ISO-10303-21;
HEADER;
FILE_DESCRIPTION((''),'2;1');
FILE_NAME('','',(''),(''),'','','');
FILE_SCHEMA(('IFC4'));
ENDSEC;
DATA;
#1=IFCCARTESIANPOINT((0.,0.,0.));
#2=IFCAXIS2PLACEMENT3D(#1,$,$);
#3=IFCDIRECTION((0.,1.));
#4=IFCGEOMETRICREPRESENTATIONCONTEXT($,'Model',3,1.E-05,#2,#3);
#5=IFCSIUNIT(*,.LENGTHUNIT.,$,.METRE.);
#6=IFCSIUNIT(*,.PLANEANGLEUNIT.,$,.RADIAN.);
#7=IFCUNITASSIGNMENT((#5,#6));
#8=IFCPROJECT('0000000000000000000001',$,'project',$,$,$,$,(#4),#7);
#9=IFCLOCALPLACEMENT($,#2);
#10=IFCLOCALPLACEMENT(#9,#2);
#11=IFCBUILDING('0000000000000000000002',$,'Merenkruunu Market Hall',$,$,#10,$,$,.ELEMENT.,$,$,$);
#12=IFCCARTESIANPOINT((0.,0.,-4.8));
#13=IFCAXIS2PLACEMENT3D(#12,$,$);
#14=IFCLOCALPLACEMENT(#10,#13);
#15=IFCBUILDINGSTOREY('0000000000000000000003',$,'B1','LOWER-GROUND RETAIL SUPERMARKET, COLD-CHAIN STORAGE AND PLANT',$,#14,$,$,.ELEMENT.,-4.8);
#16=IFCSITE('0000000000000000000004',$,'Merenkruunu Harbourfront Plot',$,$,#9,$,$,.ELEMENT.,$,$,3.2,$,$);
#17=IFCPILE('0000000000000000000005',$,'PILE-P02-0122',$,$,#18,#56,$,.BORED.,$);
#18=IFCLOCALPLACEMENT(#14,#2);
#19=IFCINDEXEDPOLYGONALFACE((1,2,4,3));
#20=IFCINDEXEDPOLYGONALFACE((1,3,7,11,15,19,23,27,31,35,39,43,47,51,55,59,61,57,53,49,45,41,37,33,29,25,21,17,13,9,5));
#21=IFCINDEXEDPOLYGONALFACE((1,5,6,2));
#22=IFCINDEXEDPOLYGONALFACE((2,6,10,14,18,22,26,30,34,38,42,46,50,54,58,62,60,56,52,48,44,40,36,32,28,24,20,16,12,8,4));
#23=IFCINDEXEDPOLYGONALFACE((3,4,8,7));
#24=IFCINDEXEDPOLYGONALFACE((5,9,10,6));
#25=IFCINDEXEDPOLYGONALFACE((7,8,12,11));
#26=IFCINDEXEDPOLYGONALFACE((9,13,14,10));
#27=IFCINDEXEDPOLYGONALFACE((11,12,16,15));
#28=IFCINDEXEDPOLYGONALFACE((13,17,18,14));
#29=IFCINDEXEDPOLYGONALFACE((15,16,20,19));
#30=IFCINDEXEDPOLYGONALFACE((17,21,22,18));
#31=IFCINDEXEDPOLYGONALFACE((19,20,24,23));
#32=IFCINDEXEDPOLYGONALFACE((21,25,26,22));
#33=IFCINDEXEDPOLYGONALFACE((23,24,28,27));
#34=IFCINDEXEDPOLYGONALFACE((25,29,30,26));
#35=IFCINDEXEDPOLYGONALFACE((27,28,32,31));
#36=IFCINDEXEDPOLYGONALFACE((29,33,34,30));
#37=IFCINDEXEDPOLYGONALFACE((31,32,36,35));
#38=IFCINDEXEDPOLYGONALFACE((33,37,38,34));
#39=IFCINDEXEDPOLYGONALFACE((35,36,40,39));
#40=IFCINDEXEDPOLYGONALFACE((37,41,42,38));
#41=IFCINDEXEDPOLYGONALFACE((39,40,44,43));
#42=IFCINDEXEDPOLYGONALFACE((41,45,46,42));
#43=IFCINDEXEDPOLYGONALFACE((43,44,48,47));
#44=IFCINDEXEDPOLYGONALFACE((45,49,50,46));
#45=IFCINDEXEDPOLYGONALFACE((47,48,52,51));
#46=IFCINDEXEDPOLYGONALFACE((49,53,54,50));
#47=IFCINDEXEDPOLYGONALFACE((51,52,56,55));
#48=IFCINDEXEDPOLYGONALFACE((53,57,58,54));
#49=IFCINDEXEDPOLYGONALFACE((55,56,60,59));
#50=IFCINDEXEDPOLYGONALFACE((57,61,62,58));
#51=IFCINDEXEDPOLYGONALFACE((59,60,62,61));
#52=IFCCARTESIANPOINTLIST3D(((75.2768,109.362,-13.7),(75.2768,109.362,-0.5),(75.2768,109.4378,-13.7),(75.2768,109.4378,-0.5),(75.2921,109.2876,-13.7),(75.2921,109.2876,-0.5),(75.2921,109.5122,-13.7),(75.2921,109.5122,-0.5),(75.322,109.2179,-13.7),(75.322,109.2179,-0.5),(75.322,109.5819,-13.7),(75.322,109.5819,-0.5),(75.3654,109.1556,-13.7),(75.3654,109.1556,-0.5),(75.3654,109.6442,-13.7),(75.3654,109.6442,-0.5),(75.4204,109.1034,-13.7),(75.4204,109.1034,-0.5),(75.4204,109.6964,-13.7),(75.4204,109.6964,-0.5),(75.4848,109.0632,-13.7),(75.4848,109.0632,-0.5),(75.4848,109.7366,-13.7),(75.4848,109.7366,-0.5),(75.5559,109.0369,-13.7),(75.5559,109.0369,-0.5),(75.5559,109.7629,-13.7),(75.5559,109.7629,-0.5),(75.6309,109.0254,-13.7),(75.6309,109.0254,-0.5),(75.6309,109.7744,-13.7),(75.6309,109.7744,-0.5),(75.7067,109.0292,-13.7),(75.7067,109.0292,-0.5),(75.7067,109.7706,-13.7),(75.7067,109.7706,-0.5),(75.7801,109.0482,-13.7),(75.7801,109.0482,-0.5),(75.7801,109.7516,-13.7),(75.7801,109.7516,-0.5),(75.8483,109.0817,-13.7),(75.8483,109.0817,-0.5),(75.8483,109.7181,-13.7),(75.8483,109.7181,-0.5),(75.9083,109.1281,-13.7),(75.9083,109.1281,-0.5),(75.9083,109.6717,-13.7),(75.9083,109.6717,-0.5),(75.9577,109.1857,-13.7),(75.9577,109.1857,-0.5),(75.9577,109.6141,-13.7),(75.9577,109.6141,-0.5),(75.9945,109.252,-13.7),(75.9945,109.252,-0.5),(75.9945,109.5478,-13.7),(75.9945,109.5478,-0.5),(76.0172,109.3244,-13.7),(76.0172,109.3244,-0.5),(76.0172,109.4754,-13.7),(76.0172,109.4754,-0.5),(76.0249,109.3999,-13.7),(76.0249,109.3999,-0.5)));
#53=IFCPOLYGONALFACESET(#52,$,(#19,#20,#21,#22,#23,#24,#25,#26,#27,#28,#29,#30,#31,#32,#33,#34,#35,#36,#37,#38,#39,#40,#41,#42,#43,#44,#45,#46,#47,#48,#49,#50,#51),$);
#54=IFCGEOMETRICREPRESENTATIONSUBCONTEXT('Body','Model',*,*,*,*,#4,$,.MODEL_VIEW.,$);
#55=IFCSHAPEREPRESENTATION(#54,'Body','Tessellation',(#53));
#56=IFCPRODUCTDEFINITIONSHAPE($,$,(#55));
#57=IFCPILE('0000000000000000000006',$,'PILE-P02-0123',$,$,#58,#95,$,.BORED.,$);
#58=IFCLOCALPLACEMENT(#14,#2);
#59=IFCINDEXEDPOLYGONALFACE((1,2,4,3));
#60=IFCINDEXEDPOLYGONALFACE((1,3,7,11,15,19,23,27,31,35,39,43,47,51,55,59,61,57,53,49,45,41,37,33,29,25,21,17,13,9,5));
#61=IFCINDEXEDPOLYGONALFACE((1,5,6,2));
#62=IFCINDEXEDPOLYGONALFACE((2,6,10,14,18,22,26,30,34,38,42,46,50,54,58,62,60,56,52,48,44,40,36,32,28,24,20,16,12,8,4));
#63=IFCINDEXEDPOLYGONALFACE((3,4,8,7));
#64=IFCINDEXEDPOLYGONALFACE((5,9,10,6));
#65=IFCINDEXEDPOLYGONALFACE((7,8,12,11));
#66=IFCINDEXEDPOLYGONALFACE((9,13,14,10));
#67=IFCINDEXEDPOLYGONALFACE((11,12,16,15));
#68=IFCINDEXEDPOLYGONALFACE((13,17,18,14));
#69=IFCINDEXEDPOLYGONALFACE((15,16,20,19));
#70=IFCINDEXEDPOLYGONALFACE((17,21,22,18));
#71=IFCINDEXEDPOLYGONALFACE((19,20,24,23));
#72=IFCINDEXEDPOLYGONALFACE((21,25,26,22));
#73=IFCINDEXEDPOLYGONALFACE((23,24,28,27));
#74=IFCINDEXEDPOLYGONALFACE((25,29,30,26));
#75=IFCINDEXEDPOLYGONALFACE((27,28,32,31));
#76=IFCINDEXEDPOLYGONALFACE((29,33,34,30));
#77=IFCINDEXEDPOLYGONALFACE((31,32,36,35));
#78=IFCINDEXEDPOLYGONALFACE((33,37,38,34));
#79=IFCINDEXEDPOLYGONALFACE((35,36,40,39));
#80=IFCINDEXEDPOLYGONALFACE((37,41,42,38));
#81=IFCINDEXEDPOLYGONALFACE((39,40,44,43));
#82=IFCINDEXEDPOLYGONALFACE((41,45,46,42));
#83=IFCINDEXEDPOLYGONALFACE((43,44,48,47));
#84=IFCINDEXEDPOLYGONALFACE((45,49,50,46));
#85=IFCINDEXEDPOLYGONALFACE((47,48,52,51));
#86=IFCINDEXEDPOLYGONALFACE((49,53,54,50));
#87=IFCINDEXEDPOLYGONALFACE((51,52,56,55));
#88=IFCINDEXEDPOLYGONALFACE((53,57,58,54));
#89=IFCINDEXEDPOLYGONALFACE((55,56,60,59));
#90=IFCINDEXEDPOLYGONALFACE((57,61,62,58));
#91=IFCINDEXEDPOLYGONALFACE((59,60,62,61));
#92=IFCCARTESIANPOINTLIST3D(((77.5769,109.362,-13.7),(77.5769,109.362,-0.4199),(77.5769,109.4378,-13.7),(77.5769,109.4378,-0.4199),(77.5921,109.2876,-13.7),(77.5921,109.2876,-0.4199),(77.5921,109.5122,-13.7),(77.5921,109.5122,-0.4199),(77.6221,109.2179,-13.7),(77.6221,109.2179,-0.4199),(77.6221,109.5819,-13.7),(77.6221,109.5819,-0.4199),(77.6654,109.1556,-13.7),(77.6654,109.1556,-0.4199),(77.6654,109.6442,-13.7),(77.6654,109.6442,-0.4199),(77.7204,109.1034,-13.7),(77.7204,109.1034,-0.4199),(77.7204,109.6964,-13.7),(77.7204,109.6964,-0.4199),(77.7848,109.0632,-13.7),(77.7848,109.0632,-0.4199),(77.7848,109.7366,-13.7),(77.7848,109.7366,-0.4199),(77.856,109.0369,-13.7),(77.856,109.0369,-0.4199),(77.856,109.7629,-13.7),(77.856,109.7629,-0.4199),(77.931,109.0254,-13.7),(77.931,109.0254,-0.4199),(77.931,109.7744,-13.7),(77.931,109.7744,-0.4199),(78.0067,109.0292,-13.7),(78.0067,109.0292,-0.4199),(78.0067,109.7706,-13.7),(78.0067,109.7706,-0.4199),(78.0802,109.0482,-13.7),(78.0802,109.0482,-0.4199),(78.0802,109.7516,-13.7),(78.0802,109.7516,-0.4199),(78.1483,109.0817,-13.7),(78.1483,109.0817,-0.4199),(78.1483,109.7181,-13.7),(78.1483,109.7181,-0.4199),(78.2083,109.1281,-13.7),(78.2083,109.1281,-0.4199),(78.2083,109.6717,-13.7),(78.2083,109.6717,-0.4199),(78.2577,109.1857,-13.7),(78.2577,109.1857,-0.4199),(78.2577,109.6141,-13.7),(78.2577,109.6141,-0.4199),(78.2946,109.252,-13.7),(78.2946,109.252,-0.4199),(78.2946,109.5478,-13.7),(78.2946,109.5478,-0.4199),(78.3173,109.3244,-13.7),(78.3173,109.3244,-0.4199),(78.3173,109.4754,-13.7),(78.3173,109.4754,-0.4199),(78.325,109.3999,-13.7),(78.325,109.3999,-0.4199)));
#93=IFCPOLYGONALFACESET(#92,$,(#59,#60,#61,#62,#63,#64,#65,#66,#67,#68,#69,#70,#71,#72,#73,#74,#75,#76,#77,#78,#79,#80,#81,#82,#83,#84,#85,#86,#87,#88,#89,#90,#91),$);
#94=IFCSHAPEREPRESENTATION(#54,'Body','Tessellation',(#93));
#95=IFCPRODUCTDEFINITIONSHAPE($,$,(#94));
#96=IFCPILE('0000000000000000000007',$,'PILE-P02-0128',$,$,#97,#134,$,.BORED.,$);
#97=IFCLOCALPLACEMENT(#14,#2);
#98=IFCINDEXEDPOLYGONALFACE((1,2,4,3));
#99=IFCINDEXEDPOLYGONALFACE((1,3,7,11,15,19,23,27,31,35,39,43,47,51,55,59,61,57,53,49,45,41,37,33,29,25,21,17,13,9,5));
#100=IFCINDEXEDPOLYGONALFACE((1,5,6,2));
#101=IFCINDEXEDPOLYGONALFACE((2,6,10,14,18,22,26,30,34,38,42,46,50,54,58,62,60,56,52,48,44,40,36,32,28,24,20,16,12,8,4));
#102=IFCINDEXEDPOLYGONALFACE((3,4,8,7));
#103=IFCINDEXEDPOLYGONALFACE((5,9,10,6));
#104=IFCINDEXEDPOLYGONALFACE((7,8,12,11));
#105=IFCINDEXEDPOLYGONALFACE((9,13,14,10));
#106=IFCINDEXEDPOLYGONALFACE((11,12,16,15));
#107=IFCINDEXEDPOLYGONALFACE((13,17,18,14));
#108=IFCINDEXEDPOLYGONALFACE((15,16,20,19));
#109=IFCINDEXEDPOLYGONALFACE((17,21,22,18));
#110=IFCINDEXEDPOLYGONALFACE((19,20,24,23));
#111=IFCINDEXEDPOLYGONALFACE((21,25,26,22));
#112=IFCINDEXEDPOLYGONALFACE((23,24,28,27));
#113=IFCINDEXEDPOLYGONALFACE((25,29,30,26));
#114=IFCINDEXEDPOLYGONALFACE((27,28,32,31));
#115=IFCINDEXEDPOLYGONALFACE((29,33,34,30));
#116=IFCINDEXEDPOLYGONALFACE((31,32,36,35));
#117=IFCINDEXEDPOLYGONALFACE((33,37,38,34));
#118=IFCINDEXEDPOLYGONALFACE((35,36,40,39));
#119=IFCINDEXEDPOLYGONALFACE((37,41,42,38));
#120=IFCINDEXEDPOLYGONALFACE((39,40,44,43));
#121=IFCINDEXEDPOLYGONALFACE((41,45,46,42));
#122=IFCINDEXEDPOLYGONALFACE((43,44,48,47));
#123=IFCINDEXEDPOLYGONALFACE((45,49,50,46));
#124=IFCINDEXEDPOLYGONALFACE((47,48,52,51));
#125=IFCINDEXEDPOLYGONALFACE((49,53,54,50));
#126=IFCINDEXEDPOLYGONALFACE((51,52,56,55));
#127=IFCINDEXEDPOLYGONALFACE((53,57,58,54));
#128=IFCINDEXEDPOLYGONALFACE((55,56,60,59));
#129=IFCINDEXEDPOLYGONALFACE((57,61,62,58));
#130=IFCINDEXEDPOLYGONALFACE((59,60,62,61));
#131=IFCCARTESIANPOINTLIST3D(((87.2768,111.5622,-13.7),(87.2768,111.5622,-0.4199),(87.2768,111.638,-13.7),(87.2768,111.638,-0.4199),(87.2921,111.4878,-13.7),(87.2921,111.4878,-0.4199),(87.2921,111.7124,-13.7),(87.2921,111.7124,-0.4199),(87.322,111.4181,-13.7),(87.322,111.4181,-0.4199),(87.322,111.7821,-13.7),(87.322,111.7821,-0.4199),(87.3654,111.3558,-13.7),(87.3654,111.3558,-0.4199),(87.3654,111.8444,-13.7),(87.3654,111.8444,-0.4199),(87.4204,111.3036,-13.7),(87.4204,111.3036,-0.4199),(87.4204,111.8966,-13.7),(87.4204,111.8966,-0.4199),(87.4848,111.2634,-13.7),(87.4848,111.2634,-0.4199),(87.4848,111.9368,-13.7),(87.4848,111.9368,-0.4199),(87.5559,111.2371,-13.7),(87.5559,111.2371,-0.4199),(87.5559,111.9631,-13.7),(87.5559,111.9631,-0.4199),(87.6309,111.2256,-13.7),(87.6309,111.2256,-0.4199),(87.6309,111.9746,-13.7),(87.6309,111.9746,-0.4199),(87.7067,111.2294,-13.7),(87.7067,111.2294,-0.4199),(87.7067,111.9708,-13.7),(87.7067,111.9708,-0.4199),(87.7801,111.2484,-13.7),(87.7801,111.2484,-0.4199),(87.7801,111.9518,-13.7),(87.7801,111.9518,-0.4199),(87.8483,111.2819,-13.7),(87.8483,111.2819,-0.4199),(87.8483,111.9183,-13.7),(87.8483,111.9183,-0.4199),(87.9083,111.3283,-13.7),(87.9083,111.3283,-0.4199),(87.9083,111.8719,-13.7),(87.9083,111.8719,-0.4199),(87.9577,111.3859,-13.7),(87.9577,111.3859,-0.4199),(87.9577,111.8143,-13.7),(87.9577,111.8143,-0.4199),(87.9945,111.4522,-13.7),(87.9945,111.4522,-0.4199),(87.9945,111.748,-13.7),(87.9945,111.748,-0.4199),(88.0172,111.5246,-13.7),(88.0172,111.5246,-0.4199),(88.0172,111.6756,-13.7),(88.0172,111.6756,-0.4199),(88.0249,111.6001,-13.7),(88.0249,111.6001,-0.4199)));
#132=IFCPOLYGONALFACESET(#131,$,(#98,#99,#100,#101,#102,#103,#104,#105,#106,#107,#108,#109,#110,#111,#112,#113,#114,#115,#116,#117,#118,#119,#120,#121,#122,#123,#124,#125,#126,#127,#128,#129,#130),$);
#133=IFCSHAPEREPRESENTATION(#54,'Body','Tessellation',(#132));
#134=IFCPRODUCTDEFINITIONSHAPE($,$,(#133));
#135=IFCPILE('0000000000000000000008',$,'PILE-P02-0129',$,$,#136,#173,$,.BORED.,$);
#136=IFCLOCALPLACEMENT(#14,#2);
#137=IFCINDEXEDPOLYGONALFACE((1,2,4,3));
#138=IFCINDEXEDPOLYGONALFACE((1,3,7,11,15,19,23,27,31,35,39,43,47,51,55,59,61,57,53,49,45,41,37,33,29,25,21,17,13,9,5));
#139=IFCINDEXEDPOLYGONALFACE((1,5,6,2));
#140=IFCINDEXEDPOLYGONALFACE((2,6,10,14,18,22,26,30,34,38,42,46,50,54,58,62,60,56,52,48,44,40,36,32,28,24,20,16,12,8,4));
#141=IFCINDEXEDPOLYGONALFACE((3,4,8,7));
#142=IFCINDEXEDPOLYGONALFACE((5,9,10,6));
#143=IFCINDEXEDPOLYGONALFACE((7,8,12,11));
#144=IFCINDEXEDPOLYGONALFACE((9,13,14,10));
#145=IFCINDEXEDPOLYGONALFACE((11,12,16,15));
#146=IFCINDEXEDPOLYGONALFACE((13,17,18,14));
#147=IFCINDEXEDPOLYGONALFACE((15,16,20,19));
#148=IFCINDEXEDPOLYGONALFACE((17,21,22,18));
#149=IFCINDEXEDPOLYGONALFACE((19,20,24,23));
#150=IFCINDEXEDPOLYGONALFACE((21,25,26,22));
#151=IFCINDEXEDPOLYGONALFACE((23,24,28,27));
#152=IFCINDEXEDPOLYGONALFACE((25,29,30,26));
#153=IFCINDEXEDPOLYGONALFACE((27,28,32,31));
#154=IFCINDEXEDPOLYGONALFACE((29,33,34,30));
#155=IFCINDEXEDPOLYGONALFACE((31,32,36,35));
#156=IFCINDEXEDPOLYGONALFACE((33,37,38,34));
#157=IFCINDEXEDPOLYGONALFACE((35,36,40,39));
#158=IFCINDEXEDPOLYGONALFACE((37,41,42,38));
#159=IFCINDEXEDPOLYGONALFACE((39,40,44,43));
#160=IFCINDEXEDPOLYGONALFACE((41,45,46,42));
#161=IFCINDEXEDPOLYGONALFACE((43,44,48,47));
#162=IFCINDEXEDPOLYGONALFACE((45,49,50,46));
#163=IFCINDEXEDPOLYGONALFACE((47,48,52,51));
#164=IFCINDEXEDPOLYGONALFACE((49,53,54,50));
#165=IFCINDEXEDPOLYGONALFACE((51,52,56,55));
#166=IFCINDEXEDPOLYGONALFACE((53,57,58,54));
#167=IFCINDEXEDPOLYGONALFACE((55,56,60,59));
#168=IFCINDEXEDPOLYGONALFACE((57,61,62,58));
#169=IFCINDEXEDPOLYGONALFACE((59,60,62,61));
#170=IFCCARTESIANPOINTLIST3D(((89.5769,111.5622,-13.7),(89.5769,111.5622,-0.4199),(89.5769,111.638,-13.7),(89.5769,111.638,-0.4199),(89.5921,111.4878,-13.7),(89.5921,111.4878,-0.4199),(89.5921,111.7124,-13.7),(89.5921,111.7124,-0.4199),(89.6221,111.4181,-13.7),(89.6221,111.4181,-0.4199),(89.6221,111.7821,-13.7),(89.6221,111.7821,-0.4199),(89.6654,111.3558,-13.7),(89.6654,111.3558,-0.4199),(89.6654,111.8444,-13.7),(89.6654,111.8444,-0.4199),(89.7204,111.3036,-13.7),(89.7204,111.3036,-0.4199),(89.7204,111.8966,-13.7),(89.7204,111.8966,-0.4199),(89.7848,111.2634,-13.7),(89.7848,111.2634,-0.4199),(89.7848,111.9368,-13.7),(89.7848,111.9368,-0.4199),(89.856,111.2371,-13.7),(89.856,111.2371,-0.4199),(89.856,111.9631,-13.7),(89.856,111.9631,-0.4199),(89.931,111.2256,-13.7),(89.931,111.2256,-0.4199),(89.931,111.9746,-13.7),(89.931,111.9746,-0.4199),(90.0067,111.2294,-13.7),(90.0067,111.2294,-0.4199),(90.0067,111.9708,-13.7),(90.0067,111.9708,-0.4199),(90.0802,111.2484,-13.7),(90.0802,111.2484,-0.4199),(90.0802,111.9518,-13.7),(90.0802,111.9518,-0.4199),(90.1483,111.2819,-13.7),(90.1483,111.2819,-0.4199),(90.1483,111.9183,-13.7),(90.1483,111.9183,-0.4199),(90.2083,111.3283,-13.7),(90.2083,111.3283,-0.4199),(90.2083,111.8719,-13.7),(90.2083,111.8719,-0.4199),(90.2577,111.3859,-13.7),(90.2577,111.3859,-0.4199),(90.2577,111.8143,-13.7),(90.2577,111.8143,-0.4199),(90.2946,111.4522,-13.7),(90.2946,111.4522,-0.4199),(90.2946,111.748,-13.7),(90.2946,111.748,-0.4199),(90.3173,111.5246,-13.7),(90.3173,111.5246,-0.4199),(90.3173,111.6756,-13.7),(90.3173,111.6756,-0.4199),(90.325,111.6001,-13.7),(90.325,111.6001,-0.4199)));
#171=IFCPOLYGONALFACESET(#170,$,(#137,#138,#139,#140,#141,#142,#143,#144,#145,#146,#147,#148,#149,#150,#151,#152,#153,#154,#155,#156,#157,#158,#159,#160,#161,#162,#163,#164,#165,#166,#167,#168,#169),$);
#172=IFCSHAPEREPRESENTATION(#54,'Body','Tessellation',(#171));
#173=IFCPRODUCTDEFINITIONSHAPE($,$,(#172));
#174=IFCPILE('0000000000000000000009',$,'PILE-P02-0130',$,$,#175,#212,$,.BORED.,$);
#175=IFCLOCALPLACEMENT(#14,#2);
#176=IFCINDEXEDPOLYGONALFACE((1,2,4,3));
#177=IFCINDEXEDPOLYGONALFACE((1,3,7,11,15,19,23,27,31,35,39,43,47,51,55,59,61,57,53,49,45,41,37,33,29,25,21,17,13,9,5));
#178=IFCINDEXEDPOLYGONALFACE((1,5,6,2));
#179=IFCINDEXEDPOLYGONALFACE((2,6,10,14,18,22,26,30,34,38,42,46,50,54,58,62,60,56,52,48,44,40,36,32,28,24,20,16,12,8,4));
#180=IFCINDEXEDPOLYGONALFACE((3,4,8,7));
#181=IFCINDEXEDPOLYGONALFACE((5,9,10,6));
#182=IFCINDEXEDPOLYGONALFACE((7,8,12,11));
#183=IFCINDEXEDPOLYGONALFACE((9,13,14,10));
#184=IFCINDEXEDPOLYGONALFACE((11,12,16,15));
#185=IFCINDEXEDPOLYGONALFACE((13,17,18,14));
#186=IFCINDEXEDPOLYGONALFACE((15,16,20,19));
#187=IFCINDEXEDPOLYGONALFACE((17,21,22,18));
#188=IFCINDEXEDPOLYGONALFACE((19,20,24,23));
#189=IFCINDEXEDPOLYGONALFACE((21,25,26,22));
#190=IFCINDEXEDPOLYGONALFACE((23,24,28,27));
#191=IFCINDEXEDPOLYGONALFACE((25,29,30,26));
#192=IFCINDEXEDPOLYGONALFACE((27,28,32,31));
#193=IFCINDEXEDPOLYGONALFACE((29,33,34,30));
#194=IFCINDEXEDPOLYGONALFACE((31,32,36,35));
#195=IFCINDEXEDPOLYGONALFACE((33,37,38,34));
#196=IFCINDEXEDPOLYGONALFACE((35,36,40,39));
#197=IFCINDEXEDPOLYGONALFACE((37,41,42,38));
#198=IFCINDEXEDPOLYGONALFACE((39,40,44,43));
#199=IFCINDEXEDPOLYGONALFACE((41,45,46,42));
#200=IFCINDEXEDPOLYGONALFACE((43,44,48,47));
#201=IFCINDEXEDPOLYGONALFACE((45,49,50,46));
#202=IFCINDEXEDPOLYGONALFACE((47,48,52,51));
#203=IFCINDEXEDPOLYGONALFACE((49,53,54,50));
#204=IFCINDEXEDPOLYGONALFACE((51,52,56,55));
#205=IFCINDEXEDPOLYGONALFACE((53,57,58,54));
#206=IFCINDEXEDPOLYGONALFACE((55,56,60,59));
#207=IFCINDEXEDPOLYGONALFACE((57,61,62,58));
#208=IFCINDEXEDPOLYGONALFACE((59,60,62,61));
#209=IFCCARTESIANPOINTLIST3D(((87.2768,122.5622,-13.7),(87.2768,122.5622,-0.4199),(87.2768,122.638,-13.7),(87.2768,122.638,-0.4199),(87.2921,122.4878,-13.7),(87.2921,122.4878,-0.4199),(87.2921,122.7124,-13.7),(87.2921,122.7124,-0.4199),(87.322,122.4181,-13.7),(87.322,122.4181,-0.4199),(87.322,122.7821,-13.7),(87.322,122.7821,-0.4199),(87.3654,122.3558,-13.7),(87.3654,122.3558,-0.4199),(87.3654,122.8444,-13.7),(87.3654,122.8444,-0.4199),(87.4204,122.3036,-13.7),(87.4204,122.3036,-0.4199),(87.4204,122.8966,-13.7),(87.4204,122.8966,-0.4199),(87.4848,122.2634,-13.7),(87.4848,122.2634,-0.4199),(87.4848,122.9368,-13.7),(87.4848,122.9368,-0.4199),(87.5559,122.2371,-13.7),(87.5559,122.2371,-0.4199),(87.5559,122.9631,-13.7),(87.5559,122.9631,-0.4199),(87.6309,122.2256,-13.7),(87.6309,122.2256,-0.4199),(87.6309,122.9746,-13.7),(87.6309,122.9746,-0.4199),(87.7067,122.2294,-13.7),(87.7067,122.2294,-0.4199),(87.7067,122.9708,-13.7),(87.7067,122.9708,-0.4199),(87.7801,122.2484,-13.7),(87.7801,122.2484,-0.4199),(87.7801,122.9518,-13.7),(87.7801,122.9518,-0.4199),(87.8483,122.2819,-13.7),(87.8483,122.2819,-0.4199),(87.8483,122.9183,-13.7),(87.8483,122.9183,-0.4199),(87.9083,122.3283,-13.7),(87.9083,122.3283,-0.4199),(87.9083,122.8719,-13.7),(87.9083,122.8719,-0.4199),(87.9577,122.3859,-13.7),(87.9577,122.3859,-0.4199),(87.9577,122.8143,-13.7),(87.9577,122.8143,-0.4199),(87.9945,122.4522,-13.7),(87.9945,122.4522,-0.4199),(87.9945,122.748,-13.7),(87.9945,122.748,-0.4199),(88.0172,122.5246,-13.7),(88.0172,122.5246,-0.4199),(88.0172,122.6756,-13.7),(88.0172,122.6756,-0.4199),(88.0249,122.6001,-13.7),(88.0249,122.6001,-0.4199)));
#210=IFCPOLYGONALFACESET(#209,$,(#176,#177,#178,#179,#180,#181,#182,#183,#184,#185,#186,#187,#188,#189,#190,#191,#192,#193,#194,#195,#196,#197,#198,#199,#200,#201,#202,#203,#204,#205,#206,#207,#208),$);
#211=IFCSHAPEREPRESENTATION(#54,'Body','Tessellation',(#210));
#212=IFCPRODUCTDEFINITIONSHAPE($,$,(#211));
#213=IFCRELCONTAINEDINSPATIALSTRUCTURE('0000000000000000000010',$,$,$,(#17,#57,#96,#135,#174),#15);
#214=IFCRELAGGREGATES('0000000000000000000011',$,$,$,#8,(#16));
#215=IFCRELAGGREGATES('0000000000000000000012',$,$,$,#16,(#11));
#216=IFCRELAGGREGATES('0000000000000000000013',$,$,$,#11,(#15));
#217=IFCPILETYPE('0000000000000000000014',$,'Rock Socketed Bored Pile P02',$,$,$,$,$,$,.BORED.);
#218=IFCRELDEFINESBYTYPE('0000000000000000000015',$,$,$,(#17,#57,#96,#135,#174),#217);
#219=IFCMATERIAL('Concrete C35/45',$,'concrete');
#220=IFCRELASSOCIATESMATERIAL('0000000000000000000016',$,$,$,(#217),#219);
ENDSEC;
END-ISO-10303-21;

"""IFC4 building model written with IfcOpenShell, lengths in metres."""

from ifc_helpers import new_model, si_unit, direction, frame, origin, origin_2d, place, context, subcontext, project, spatial, circle, extrude, material, material_profile, profile_set, type_object, element, save


model = new_model("IFC4")

# Units and contexts
model_context = context("Model", 3, precision=1e-05, world=origin(), true_north=direction((0.0, 1.0)))
body_context = subcontext(model_context, "Body", "Model", "MODEL_VIEW")
ifc_project = project(units=[si_unit("LENGTHUNIT", "METRE"), si_unit("PLANEANGLEUNIT", "RADIAN")], contexts=[model_context])

# Site, building, storey
site_placement = place(None, origin())
site = spatial("IfcSite", under=ifc_project, at=site_placement, Name="Merenkruunu Harbourfront Plot", CompositionType="ELEMENT", RefElevation=3.2)
building_placement = place(site_placement, origin())
building = spatial("IfcBuilding", under=site, at=building_placement, Name="Merenkruunu Market Hall", CompositionType="ELEMENT")
storey_placement = place(building_placement, frame((0.0, 0.0, -4.8)))
storey = spatial("IfcBuildingStorey", under=building, at=storey_placement, Name="B1", Description="LOWER-GROUND RETAIL SUPERMARKET, COLD-CHAIN STORAGE AND PLANT", CompositionType="ELEMENT", Elevation=-4.8)

# Piles
ifc_material = material(Name="Concrete C35/45", Category="concrete")
ifc_material_profile_1 = material_profile(ifc_material, circle(Radius=0.375, at=origin_2d()), Name="BORED PILE 750")
ifc_profile_set_1 = profile_set([ifc_material_profile_1], Name="Concrete C35/45")
pile_type_1 = type_object("IfcPileType", Name="Rock Socketed Bored Pile P02", PredefinedType="BORED", material=ifc_profile_set_1)
pile_1_placement = place(storey_placement, frame((75.6499, 109.3999, -0.5), z_axis=(0.0, 0.0, -1.0), x_axis=(1.0, 0.0, 0.0)))
element("IfcPile", 1, at=pile_1_placement, inside=storey, type_object=pile_type_1, Name="PILE-P02-0122", PredefinedType="BORED", context=body_context, shape_type="SweptSolid", body=[
    extrude(circle(Radius=0.375, at=origin_2d()), origin(), (0.0, 0.0, 1.0), 13.2),
])
for number, where, z_axis, x_axis, name in (
    (2, (77.95, 109.3999, -0.4199), (0.0, 0.0, -1.0), (1.0, 0.0, 0.0), "PILE-P02-0123"),
    (3, (87.6499, 111.6001, -0.4199), (0.0, 0.0, -1.0), (1.0, 0.0, 0.0), "PILE-P02-0128"),
    (4, (89.95, 111.6001, -0.4199), (0.0, 0.0, -1.0), (1.0, 0.0, 0.0), "PILE-P02-0129"),
    (5, (87.6499, 122.6001, -0.4199), (0.0, 0.0, -1.0), (1.0, 0.0, 0.0), "PILE-P02-0130"),
):
    element("IfcPile", number, at=place(storey_placement, frame(where, z_axis=z_axis, x_axis=x_axis)), inside=storey, type_object=pile_type_1, Name=name, PredefinedType="BORED", context=body_context, shape_type="SweptSolid", body=[
        extrude(circle(Radius=0.375, at=origin_2d()), origin(), (0.0, 0.0, 1.0), 13.28),
    ])

save(model, "model.ifc")
